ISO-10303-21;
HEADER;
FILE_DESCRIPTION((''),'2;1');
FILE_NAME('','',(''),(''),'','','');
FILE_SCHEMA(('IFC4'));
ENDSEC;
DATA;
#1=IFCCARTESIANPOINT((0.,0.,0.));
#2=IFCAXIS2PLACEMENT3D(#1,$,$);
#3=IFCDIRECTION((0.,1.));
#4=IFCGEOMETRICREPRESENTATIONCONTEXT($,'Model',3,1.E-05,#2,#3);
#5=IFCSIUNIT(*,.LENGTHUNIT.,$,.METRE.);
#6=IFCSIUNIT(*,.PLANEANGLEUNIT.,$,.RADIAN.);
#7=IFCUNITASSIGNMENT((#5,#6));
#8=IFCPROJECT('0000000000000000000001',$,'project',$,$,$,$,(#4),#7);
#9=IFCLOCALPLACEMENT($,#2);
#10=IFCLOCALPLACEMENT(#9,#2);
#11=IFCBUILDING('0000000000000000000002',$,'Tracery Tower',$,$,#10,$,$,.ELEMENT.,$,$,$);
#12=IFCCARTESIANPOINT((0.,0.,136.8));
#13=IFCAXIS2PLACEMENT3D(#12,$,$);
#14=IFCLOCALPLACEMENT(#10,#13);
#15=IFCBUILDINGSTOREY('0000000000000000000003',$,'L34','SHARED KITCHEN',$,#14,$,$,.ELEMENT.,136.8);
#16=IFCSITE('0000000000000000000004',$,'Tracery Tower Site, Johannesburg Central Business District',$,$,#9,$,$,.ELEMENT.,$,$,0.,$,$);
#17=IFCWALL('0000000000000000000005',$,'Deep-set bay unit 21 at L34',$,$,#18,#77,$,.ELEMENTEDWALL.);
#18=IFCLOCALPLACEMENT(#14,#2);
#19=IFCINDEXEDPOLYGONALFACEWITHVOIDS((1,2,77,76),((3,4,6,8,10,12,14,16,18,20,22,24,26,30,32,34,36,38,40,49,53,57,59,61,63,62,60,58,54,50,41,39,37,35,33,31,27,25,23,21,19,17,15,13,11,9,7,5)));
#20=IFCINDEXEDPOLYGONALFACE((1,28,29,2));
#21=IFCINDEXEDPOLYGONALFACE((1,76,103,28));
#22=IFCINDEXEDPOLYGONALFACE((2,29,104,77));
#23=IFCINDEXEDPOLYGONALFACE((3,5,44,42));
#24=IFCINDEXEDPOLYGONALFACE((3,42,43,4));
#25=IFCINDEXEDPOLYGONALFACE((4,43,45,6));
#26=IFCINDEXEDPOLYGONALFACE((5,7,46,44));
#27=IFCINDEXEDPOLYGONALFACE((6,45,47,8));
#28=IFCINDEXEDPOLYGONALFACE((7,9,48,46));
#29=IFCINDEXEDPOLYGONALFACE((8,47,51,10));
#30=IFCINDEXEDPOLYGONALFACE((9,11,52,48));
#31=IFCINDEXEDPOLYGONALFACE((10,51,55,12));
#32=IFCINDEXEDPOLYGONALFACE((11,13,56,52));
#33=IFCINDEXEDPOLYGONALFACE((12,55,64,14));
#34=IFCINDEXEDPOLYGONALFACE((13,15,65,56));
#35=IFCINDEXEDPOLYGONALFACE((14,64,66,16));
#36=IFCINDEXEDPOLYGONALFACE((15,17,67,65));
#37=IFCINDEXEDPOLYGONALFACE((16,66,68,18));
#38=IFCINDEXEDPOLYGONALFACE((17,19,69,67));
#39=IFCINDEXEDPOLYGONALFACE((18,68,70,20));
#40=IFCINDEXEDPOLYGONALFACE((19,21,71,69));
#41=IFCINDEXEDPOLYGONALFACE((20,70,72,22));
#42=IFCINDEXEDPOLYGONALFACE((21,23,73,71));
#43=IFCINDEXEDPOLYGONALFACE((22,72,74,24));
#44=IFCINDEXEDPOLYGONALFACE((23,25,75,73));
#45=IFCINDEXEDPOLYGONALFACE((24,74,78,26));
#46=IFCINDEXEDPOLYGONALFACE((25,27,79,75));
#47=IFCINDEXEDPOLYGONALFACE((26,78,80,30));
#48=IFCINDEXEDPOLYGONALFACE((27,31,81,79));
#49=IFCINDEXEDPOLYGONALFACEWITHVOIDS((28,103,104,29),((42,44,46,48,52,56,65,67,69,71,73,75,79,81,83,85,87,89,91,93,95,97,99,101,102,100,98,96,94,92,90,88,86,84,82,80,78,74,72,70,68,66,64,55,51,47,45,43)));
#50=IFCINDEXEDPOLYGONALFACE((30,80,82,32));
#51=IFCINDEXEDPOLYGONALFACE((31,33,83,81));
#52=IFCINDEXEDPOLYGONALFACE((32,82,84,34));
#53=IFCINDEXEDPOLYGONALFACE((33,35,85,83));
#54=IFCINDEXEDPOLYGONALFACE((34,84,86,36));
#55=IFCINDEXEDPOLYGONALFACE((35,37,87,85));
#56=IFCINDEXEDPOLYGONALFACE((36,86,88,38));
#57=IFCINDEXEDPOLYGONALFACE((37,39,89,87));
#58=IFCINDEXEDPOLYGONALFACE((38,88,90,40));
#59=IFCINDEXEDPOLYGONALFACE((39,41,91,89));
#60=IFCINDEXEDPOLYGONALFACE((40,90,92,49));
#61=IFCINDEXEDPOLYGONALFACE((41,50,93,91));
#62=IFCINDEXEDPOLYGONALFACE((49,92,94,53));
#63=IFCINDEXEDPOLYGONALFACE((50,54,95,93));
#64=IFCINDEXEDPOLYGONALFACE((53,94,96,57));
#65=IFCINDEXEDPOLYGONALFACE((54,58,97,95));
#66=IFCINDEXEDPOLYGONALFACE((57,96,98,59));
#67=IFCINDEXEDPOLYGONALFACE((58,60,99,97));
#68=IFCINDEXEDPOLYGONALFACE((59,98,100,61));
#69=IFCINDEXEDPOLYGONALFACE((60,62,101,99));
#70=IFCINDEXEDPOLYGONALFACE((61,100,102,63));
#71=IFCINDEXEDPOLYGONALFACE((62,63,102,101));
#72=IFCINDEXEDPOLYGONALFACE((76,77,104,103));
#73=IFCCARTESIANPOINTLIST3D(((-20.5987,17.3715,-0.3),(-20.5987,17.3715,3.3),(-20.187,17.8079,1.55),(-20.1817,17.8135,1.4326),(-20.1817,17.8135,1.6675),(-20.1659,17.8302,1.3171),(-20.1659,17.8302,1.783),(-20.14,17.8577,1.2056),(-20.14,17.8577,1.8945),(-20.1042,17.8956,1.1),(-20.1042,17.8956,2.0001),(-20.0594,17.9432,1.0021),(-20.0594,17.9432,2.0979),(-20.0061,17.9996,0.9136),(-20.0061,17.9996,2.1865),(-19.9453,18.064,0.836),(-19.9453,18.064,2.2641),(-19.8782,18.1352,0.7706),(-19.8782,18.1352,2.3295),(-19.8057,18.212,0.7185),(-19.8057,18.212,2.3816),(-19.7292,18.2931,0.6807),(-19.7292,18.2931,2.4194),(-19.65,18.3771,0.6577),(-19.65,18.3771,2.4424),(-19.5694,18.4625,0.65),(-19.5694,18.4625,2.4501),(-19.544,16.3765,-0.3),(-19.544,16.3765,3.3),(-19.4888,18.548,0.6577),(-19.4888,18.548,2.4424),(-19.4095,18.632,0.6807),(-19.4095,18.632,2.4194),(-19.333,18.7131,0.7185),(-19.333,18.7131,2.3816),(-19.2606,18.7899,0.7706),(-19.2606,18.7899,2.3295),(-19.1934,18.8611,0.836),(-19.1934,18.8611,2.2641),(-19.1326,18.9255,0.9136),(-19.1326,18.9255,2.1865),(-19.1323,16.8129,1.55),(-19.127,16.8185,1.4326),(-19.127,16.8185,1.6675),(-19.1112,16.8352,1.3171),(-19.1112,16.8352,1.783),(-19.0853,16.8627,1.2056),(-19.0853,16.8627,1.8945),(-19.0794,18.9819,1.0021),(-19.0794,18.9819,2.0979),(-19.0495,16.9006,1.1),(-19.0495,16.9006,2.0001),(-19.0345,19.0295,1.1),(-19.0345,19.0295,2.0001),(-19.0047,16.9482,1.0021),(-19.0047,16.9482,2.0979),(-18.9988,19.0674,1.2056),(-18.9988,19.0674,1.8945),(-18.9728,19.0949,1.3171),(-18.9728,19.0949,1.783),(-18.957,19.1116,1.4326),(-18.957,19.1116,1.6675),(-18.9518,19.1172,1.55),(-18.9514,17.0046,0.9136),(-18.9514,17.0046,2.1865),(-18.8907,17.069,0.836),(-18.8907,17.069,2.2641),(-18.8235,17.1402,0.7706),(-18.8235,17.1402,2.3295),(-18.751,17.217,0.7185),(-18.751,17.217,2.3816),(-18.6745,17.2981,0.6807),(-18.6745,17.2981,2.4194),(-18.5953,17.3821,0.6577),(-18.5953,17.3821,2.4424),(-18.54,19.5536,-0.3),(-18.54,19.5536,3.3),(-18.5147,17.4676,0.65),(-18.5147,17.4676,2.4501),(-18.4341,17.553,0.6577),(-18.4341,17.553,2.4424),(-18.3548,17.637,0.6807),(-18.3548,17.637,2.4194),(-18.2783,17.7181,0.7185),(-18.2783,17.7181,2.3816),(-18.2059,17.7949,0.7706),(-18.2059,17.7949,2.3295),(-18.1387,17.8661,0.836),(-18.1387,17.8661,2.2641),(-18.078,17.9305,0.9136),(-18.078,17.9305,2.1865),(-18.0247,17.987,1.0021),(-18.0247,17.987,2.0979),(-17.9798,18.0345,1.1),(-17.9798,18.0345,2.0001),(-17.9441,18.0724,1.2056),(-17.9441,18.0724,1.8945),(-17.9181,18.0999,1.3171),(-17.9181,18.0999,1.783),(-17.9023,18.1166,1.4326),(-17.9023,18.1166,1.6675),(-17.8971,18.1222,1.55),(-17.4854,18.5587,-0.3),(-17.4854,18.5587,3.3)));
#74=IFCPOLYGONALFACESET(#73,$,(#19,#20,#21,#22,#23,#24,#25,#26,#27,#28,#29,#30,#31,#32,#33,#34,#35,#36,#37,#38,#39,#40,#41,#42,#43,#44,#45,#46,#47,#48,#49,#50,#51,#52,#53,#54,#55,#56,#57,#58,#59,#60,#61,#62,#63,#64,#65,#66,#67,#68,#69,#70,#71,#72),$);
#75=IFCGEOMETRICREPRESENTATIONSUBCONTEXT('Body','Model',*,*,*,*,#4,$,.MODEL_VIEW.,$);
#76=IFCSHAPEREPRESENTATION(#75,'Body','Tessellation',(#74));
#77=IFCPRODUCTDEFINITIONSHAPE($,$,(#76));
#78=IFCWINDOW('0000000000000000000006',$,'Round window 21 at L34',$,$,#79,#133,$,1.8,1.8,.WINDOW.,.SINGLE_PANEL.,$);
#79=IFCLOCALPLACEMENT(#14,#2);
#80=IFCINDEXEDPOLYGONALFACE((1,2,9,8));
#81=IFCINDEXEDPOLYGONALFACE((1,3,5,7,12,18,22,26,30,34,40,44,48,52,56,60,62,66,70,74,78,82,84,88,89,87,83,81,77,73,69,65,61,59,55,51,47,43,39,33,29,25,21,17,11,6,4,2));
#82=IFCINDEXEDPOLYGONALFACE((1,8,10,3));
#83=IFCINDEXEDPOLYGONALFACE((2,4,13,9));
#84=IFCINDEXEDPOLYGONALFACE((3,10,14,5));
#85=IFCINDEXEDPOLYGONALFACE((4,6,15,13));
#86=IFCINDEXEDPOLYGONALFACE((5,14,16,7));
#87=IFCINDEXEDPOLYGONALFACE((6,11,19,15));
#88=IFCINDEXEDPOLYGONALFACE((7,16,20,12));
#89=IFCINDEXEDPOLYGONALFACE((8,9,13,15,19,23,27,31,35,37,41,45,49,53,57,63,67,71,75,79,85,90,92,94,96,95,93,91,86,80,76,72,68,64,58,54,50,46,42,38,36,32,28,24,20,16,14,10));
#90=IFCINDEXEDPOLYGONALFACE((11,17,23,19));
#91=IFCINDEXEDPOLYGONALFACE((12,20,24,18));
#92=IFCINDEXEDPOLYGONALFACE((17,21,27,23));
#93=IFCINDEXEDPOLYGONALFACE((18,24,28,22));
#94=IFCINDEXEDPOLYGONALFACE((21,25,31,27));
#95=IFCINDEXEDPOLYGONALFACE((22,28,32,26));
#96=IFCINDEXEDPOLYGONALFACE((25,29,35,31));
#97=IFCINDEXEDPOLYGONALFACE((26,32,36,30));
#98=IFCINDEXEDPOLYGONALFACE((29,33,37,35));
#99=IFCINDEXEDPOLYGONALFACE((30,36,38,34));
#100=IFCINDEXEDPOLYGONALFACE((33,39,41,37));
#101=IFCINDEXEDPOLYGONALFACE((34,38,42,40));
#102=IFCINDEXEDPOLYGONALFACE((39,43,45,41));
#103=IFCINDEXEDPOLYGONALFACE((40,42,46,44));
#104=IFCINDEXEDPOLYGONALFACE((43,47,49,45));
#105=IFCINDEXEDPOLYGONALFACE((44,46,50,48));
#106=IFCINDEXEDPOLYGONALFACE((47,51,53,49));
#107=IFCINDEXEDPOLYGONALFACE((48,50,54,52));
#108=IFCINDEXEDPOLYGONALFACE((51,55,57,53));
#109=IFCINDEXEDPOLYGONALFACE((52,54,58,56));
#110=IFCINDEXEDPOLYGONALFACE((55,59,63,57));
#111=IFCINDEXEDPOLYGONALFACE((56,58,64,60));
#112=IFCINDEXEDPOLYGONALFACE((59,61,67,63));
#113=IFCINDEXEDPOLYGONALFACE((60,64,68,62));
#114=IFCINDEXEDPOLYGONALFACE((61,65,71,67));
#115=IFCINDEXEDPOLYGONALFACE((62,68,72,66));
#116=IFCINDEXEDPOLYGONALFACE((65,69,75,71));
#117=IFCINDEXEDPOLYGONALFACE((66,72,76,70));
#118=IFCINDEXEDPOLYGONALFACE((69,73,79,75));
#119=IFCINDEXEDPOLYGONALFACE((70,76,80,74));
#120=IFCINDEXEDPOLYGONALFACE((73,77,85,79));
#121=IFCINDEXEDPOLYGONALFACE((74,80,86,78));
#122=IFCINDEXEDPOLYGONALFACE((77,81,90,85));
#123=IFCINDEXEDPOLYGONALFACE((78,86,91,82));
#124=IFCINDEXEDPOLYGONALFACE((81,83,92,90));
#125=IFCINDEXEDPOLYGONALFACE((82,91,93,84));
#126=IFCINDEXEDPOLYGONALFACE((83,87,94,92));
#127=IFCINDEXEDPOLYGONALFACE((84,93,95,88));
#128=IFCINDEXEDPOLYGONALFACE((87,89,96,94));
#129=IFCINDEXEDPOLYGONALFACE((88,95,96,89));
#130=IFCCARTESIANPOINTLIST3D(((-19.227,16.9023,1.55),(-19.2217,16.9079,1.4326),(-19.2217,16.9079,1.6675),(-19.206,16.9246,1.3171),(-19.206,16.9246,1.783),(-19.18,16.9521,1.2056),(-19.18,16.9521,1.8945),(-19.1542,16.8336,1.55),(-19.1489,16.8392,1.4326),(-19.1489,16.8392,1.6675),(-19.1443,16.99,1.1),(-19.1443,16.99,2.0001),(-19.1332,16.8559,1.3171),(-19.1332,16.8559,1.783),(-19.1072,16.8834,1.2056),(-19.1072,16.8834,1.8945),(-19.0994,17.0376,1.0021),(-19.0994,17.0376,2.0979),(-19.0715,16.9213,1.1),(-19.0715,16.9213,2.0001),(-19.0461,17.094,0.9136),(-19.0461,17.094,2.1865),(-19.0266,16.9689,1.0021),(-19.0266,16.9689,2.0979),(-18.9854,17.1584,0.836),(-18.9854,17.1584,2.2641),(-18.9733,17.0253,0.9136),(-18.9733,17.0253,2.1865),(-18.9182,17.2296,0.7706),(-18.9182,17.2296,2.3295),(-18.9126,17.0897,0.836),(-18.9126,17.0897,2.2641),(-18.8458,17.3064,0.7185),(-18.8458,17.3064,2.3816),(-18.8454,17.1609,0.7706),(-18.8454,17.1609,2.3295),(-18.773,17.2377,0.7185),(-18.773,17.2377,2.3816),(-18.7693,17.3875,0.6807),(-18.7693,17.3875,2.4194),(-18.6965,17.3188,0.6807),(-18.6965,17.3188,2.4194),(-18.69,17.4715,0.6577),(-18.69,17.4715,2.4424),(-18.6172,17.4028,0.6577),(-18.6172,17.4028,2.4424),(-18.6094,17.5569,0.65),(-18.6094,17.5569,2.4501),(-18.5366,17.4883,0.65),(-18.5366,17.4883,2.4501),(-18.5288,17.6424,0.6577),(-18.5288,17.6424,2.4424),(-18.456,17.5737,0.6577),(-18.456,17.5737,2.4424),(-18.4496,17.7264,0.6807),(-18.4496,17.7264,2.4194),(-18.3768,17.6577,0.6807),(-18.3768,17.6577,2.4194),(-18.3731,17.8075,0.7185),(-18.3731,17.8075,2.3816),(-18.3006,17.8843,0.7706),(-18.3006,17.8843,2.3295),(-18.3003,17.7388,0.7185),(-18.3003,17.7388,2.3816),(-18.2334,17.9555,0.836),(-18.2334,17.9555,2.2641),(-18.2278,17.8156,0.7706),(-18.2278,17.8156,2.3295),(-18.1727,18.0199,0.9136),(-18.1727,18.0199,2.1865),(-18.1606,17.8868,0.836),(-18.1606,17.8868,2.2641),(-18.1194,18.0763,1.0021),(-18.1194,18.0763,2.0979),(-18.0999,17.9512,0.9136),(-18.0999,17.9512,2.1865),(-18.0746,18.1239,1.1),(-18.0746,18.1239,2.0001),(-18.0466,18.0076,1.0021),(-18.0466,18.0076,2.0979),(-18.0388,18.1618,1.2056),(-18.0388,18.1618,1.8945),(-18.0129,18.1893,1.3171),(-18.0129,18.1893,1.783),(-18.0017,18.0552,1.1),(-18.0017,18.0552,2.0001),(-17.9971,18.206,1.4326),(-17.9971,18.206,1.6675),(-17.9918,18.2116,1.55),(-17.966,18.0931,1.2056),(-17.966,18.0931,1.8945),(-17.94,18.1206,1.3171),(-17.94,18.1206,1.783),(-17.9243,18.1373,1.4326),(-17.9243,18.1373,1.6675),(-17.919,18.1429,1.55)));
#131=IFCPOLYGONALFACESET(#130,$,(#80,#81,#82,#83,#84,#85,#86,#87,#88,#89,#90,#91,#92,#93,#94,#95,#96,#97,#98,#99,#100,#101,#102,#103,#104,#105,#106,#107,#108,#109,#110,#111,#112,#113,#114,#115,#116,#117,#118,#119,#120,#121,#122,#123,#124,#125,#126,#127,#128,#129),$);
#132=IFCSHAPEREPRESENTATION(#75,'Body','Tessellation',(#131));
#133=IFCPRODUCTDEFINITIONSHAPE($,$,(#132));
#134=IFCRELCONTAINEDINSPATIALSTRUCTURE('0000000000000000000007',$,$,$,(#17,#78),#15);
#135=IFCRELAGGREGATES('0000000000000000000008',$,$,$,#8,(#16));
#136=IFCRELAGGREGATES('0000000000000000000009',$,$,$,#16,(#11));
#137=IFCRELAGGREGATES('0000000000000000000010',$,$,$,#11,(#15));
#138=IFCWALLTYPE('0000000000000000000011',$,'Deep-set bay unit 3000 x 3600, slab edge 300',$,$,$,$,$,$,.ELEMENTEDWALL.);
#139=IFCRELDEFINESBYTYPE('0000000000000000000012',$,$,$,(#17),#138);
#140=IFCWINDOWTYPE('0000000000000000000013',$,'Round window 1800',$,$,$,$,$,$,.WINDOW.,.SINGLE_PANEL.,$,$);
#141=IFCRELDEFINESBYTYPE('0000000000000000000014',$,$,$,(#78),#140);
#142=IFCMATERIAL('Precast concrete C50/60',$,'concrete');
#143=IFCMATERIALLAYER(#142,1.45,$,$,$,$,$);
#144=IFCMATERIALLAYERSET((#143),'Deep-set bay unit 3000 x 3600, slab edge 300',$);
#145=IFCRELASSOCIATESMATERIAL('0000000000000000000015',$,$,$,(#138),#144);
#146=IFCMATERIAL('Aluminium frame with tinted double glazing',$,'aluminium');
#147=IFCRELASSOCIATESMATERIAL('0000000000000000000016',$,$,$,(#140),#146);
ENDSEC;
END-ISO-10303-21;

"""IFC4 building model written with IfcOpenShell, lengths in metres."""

from ifc_helpers import new_model, si_unit, direction, frame, frame_2d, origin, origin_2d, place, context, subcontext, project, spatial, rectangle, circle, extrude, material, layer, layer_set, type_object, element, fill, save


model = new_model("IFC4")

# Units and contexts
model_context = context("Model", 3, precision=1e-05, world=origin(), true_north=direction((0.0, 1.0)))
body_context = subcontext(model_context, "Body", "Model", "MODEL_VIEW")
ifc_project = project(units=[si_unit("LENGTHUNIT", "METRE"), si_unit("PLANEANGLEUNIT", "RADIAN")], contexts=[model_context])

# Site, building, storey
site_placement = place(None, origin())
site = spatial("IfcSite", under=ifc_project, at=site_placement, Name="Tracery Tower Site, Johannesburg Central Business District", CompositionType="ELEMENT", RefElevation=0.0)
building_placement = place(site_placement, origin())
building = spatial("IfcBuilding", under=site, at=building_placement, Name="Tracery Tower", CompositionType="ELEMENT")
storey_placement = place(building_placement, frame((0.0, 0.0, 136.8)))
storey = spatial("IfcBuildingStorey", under=building, at=storey_placement, Name="L34", Description="SHARED KITCHEN", CompositionType="ELEMENT", Elevation=136.8)

# Wall, opening, window
ifc_material_1 = material(Name="Precast concrete C50/60", Category="concrete")
ifc_layer_1 = layer(ifc_material_1, 1.45)
ifc_layer_set_1 = layer_set([ifc_layer_1], Name="Deep-set bay unit 3000 x 3600, slab edge 300")
wall_type_1 = type_object("IfcWallType", Name="Deep-set bay unit 3000 x 3600, slab edge 300", PredefinedType="ELEMENTEDWALL", material=ifc_layer_set_1)
wall_1_placement = place(storey_placement, frame((-18.0127, 19.0562, -0.3), z_axis=(0.0, 0.0, 1.0), x_axis=(-0.686217, -0.727397, 0.0)))
wall_1 = element("IfcWall", 1, at=wall_1_placement, inside=storey, type_object=wall_type_1, Name="Deep-set bay unit 21 at L34", PredefinedType="ELEMENTEDWALL", context=body_context, shape_type="SweptSolid", body=[
    extrude(rectangle(XDim=3.0, YDim=1.45, at=frame_2d((1.5, 0.0))), origin(), (0.0, 0.0, 1.0), 3.6001),
])
opening_1_placement = place(wall_1_placement, frame((1.5, 0.0, 1.8501)))
opening_1 = element("IfcOpeningElement", 2, at=opening_1_placement, cuts=wall_1, PredefinedType="OPENING", context=body_context, shape_type="SweptSolid", body=[
    extrude(circle(Radius=0.9, at=origin_2d()), frame((0.0, 0.7349, 0.0), z_axis=(0.0, -1.0, 0.0), x_axis=(1.0, 0.0, 0.0)), (0.0, 0.0, 1.0), 1.47),
])
ifc_material_2 = material(Name="Aluminium frame with tinted double glazing", Category="aluminium")
window_type = type_object("IfcWindowType", Name="Round window 1800", PartitioningType="SINGLE_PANEL", PredefinedType="WINDOW", material=ifc_material_2)
window_1_placement = place(opening_1_placement, origin())
window_1 = element("IfcWindow", 3, at=window_1_placement, inside=storey, type_object=window_type, Name="Round window 21 at L34", OverallHeight=1.8, OverallWidth=1.8, PartitioningType="SINGLE_PANEL", PredefinedType="WINDOW", context=body_context, shape_type="SweptSolid", body=[
    extrude(circle(Radius=0.9, at=origin_2d()), frame((0.0, 0.6948, 0.0), z_axis=(0.0, -1.0, 0.0), x_axis=(1.0, 0.0, 0.0)), (0.0, 0.0, 1.0), 0.1001),
])
fill(opening_1, window_1)

save(model, "model.ifc")
